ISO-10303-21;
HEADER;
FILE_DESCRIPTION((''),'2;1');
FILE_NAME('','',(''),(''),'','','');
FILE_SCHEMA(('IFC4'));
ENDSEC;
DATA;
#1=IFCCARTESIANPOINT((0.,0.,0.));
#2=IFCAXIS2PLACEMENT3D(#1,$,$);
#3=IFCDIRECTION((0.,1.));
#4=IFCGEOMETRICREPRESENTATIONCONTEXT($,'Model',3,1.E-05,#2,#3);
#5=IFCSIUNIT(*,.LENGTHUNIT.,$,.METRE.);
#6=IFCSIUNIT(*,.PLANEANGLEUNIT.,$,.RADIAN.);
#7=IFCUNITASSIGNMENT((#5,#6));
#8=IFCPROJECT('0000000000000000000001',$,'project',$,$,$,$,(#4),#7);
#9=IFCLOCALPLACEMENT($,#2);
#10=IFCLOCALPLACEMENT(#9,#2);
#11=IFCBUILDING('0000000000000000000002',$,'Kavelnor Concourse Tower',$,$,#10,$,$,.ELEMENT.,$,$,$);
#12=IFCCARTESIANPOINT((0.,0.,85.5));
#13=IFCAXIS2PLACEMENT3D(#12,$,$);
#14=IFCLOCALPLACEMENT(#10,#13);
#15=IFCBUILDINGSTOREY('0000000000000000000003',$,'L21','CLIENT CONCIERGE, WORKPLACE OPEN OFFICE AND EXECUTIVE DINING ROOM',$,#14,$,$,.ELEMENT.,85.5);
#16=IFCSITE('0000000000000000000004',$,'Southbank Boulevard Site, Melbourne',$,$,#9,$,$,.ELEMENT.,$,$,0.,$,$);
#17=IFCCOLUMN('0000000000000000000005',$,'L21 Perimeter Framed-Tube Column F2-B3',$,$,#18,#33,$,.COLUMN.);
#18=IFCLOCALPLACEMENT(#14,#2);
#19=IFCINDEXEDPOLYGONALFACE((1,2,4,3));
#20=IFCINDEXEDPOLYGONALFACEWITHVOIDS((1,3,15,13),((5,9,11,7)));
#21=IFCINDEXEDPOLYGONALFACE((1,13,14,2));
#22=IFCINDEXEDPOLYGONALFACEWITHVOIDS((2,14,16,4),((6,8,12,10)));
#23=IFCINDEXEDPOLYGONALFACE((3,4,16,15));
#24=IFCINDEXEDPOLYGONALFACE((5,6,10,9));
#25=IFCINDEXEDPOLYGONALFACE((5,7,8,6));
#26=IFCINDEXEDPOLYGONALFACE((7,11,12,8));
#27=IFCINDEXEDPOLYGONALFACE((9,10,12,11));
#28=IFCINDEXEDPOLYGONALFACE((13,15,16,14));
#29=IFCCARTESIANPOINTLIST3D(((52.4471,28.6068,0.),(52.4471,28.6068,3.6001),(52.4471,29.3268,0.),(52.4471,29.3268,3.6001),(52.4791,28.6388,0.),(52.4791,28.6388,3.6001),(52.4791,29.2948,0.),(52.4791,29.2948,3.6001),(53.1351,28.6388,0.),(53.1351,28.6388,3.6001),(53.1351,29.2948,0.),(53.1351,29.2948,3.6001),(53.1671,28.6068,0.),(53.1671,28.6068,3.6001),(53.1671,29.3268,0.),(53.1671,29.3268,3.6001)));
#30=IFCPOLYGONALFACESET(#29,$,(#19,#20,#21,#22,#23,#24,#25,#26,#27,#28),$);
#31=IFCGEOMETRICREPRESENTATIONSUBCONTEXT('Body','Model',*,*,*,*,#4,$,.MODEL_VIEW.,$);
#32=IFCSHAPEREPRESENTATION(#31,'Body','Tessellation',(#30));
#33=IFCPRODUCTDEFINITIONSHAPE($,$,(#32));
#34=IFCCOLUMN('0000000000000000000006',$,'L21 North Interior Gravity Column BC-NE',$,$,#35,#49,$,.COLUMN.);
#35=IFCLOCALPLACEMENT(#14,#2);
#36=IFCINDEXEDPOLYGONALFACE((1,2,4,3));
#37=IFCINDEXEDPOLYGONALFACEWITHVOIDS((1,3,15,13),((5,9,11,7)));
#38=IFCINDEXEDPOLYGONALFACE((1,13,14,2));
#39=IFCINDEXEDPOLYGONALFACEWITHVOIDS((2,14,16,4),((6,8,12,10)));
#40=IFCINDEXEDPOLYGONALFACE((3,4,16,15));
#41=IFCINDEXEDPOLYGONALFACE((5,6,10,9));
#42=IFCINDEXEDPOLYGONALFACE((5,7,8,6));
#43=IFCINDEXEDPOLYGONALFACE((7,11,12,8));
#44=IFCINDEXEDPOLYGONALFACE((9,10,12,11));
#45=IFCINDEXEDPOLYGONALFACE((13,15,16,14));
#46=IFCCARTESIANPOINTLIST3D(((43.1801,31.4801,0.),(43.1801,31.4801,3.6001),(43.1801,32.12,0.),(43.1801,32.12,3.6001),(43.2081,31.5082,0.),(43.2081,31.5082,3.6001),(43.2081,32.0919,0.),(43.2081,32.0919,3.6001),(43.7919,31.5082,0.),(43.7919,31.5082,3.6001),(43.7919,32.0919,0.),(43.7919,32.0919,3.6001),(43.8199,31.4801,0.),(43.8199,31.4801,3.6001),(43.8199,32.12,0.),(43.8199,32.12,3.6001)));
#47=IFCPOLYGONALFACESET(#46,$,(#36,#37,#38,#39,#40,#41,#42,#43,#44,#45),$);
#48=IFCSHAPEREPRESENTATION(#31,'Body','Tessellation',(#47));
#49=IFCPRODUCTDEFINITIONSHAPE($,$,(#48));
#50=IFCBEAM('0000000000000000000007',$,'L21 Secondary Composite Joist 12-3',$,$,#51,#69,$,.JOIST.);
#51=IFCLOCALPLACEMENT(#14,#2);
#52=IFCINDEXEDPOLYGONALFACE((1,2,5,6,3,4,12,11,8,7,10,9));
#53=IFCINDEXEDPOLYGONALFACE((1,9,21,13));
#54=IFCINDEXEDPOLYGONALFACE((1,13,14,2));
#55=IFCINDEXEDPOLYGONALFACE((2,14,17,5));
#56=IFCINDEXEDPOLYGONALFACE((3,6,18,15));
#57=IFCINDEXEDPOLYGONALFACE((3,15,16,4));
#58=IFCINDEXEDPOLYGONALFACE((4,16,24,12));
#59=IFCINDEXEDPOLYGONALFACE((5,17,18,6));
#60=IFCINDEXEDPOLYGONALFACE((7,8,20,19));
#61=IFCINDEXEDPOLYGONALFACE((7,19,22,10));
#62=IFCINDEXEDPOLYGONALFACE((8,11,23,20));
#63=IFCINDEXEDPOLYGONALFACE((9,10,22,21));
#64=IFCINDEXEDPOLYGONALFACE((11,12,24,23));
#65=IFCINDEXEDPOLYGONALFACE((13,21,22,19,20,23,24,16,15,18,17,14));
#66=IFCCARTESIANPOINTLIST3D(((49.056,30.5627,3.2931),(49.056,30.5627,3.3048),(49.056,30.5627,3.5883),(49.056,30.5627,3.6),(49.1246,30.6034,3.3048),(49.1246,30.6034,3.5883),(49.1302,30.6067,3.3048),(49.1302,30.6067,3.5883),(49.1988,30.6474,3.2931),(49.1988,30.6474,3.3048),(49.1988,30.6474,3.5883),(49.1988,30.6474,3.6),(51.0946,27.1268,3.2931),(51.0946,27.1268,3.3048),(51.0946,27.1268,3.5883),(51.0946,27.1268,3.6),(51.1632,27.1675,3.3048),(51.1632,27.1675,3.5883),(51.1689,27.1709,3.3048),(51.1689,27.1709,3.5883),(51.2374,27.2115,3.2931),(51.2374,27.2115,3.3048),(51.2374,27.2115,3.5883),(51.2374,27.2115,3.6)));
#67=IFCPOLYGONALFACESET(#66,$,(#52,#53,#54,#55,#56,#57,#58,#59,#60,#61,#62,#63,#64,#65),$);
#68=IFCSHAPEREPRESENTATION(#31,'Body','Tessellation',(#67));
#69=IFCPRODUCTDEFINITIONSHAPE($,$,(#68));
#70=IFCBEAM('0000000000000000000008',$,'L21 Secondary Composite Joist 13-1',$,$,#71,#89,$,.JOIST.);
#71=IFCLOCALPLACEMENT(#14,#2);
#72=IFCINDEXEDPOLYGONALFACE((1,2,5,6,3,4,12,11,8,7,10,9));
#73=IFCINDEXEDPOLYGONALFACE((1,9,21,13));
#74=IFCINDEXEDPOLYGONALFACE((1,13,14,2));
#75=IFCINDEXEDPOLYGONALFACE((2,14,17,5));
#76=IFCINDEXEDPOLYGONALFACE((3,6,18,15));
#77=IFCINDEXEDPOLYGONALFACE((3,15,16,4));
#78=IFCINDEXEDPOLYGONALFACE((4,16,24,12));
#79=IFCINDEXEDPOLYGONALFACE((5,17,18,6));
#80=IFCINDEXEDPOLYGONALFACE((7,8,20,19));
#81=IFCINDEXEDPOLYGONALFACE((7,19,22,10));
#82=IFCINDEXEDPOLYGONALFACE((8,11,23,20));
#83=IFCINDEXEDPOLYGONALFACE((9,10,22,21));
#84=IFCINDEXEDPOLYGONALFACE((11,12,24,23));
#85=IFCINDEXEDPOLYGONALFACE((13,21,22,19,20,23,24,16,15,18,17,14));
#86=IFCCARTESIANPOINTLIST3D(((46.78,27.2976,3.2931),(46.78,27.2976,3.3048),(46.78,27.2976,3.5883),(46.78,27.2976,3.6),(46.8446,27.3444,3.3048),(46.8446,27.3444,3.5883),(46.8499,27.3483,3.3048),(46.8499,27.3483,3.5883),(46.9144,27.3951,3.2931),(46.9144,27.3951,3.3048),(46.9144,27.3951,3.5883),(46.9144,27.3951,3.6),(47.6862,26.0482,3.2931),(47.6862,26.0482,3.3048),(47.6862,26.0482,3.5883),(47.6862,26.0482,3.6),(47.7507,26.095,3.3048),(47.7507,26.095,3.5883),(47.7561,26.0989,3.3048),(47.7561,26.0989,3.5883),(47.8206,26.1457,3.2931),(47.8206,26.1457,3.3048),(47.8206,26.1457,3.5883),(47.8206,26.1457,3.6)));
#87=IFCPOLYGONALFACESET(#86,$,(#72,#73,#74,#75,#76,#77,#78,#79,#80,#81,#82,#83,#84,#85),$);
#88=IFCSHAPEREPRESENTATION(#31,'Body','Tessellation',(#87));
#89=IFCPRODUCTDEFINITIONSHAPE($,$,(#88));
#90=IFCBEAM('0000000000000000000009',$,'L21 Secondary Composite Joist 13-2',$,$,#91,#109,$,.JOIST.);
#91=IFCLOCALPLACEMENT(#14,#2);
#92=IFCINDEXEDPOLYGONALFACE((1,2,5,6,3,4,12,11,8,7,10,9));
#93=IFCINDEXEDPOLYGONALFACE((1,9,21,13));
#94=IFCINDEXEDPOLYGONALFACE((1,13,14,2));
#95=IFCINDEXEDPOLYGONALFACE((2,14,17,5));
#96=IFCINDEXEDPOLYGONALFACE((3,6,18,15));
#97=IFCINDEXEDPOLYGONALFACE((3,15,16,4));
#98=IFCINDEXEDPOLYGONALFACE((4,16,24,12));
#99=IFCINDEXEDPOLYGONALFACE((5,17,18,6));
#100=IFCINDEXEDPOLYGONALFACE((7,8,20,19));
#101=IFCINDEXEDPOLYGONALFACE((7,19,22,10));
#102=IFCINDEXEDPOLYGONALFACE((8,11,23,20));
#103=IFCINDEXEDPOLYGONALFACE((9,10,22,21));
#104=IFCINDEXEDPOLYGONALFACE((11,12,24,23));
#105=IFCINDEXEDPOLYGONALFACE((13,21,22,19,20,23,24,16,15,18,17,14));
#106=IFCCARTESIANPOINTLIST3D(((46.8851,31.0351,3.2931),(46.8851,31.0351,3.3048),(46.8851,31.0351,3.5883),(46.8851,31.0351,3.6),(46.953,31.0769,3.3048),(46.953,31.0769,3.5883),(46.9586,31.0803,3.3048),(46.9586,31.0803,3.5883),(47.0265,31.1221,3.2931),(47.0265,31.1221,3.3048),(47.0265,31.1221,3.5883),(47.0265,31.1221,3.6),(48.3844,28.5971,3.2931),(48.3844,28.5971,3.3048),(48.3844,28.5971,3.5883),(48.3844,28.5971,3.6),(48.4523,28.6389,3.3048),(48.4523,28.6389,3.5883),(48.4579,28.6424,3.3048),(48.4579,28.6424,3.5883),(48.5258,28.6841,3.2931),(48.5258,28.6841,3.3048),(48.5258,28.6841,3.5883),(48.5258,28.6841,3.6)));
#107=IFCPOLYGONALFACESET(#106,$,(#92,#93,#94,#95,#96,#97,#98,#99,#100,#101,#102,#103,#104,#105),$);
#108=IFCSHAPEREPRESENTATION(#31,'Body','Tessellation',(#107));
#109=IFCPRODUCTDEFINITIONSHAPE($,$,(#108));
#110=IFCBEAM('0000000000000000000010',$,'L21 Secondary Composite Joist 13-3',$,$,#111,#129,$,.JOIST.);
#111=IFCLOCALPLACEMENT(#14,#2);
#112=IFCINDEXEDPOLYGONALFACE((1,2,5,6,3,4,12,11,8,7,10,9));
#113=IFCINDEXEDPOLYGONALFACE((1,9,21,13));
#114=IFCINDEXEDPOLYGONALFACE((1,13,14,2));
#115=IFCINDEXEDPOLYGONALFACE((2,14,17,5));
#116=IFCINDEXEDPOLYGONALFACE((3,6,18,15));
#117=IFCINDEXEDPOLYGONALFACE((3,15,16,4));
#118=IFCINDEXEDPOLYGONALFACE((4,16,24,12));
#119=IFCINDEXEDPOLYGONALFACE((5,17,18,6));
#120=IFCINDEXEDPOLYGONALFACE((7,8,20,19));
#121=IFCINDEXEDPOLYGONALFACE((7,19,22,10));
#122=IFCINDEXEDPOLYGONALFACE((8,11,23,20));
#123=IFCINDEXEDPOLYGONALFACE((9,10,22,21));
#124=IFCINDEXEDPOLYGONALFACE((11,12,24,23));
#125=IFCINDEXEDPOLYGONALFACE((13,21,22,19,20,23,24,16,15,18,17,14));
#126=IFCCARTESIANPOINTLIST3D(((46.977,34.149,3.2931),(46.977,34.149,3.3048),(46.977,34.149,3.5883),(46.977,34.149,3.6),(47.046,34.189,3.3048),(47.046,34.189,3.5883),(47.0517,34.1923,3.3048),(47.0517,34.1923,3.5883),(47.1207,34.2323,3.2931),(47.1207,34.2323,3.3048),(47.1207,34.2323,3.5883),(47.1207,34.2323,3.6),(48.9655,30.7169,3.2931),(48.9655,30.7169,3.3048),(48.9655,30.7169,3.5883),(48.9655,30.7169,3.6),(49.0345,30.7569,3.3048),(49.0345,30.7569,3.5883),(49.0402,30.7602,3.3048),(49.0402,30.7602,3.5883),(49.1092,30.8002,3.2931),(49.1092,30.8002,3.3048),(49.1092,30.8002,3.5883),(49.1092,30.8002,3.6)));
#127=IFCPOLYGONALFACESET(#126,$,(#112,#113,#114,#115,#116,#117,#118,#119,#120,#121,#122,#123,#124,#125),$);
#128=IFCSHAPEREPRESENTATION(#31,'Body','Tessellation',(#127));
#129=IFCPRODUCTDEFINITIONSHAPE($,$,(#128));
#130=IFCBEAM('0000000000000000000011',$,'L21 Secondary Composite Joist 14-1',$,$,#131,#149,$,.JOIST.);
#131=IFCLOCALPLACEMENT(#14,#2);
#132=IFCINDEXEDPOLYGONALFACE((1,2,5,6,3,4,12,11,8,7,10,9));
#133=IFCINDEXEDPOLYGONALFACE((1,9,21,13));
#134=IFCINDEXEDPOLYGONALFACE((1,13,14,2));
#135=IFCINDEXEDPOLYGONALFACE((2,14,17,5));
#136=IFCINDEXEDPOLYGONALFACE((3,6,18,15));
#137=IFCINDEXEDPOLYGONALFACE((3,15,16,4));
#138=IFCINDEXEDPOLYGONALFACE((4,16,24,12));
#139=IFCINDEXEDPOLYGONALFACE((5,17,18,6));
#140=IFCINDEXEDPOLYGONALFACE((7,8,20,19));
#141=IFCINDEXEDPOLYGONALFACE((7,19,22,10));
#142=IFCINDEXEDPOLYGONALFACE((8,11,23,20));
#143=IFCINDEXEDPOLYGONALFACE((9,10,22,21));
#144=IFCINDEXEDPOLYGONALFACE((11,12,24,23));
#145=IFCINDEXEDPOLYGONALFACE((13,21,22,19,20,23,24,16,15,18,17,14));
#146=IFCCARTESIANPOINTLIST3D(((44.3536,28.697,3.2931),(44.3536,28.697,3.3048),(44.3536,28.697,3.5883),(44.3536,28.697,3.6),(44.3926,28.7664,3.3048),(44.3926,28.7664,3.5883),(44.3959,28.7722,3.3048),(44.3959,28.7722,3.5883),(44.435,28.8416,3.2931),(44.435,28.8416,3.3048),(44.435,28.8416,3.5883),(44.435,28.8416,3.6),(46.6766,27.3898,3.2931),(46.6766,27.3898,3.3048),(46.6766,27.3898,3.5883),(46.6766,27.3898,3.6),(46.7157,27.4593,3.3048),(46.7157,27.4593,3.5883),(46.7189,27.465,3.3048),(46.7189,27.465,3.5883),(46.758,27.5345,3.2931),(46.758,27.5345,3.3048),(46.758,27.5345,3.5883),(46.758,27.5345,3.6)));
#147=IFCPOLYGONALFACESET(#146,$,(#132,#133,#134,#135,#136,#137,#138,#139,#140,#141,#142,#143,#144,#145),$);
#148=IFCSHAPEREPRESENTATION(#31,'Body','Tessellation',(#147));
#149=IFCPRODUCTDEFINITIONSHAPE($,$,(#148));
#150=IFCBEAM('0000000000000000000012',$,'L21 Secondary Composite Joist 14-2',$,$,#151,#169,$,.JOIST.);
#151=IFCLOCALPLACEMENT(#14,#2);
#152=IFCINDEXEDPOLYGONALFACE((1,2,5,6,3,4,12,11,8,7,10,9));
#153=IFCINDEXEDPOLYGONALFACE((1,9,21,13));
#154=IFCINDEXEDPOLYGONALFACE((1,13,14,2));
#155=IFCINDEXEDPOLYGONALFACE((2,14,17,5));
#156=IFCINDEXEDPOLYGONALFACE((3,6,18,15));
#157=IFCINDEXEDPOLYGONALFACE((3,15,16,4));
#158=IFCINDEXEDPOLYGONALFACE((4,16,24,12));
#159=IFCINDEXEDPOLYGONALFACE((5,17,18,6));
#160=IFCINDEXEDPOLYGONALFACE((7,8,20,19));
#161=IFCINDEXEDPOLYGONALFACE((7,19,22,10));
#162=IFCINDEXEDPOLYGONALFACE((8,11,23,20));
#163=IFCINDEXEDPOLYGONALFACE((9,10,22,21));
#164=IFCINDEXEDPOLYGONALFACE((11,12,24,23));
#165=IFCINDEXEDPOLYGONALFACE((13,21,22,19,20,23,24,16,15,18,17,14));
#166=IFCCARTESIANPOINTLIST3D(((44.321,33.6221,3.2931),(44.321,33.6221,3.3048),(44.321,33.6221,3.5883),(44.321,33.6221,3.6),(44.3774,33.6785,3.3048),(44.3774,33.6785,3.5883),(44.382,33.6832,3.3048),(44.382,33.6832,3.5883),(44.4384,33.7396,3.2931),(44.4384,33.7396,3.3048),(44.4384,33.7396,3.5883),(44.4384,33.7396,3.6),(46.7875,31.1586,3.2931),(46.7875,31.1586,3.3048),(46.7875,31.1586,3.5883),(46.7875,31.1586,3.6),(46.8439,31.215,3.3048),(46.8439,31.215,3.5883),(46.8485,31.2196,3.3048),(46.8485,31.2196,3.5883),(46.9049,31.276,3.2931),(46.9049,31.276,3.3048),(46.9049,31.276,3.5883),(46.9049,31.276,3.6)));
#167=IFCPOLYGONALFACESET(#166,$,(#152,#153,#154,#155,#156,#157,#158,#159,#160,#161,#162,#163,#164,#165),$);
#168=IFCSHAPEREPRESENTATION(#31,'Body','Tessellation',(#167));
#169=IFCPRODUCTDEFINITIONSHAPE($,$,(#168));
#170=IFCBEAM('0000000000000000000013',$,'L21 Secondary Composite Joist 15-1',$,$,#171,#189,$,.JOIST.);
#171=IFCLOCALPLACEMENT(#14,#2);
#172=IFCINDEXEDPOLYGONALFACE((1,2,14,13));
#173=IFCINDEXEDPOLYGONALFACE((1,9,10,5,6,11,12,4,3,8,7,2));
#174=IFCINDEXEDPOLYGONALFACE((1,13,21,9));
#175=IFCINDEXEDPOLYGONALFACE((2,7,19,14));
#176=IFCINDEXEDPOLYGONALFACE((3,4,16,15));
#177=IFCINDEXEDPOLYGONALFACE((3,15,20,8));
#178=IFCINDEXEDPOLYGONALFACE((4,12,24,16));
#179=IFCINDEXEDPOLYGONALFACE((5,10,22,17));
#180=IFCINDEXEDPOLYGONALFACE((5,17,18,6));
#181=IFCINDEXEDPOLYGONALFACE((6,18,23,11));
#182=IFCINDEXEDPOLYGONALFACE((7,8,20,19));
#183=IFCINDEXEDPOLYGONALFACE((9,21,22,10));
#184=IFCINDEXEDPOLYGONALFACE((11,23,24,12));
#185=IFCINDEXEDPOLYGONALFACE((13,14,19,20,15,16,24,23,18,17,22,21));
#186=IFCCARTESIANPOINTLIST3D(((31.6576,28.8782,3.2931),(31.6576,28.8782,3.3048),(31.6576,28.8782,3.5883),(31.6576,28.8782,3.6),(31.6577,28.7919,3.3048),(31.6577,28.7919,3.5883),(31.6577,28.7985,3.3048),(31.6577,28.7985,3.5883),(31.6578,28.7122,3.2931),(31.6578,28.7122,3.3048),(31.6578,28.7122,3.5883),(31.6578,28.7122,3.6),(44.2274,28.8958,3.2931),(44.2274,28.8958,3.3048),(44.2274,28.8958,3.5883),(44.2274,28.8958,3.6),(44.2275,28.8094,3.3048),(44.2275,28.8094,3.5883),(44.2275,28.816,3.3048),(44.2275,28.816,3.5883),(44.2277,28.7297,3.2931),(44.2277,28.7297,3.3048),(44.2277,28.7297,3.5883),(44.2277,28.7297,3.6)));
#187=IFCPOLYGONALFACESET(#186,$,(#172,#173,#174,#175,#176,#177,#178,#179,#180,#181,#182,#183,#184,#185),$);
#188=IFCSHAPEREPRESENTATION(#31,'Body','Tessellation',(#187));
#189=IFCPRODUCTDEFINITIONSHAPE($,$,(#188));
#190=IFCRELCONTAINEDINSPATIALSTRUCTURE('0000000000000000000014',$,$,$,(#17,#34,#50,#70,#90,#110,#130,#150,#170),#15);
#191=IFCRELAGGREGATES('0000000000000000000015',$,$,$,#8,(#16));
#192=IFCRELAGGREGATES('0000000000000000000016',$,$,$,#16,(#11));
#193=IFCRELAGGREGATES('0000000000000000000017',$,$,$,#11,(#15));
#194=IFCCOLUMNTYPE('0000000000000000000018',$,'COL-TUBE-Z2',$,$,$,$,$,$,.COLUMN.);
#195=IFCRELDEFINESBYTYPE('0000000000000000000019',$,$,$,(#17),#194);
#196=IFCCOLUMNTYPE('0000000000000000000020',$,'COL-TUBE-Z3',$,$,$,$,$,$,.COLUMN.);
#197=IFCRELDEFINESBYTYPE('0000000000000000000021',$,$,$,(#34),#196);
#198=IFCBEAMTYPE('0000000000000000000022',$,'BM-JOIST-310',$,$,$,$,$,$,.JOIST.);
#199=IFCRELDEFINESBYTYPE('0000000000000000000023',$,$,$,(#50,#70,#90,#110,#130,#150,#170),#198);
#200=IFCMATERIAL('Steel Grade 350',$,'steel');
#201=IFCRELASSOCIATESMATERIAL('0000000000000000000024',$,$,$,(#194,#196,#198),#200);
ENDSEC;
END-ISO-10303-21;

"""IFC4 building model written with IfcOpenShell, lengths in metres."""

from ifc_helpers import new_model, si_unit, direction, frame, origin, origin_2d, place, context, subcontext, project, spatial, hollow_rectangle, i_section, extrude, material, material_profile, profile_set, type_object, element, save


model = new_model("IFC4")

# Units and contexts
model_context = context("Model", 3, precision=1e-05, world=origin(), true_north=direction((0.0, 1.0)))
body_context = subcontext(model_context, "Body", "Model", "MODEL_VIEW")
ifc_project = project(units=[si_unit("LENGTHUNIT", "METRE"), si_unit("PLANEANGLEUNIT", "RADIAN")], contexts=[model_context])

# Site, building, storey
site_placement = place(None, origin())
site = spatial("IfcSite", under=ifc_project, at=site_placement, Name="Southbank Boulevard Site, Melbourne", CompositionType="ELEMENT", RefElevation=0.0)
building_placement = place(site_placement, origin())
building = spatial("IfcBuilding", under=site, at=building_placement, Name="Kavelnor Concourse Tower", CompositionType="ELEMENT")
storey_placement = place(building_placement, frame((0.0, 0.0, 85.5)))
storey = spatial("IfcBuildingStorey", under=building, at=storey_placement, Name="L21", Description="CLIENT CONCIERGE, WORKPLACE OPEN OFFICE AND EXECUTIVE DINING ROOM", CompositionType="ELEMENT", Elevation=85.5)

# Columns
ifc_material_1 = material(Name="Steel Grade 350", Category="steel")
ifc_material_profile_1 = material_profile(ifc_material_1, hollow_rectangle(XDim=0.72, YDim=0.72, WallThickness=0.032, at=origin_2d()), Name="SHS 720x720x32")
ifc_profile_set_1 = profile_set([ifc_material_profile_1], Name="Steel Grade 350")
column_type_1 = type_object("IfcColumnType", Name="COL-TUBE-Z2", PredefinedType="COLUMN", material=ifc_profile_set_1)
column_1_placement = place(storey_placement, frame((52.8071, 28.9668, 0.0), z_axis=(0.0, 0.0, 1.0), x_axis=(1.0, 0.0, 0.0)))
element("IfcColumn", 1, at=column_1_placement, inside=storey, type_object=column_type_1, Name="L21 Perimeter Framed-Tube Column F2-B3", PredefinedType="COLUMN", context=body_context, shape_type="SweptSolid", body=[
    extrude(hollow_rectangle(XDim=0.72, YDim=0.72, WallThickness=0.032, at=origin_2d()), origin(), (0.0, 0.0, 1.0), 3.6001),
])
ifc_material_profile_2 = material_profile(ifc_material_1, hollow_rectangle(XDim=0.6399, YDim=0.6399, WallThickness=0.0281, at=origin_2d()), Name="SHS 640x640x28")
ifc_profile_set_2 = profile_set([ifc_material_profile_2], Name="Steel Grade 350")
column_type_2 = type_object("IfcColumnType", Name="COL-TUBE-Z3", PredefinedType="COLUMN", material=ifc_profile_set_2)
column_2_placement = place(storey_placement, frame((43.5, 31.8, 0.0), z_axis=(0.0, 0.0, 1.0), x_axis=(1.0, 0.0, 0.0)))
element("IfcColumn", 2, at=column_2_placement, inside=storey, type_object=column_type_2, Name="L21 North Interior Gravity Column BC-NE", PredefinedType="COLUMN", context=body_context, shape_type="SweptSolid", body=[
    extrude(hollow_rectangle(XDim=0.6399, YDim=0.6399, WallThickness=0.0281, at=origin_2d()), origin(), (0.0, 0.0, 1.0), 3.6001),
])

# Beams
ifc_material_profile_3 = material_profile(ifc_material_1, i_section(OverallWidth=0.166, OverallDepth=0.3069, WebThickness=0.0066, FlangeThickness=0.0117, at=origin_2d()), Name="310UB46")
ifc_profile_set_3 = profile_set([ifc_material_profile_3], Name="Steel Grade 350")
beam_type_1 = type_object("IfcBeamType", Name="BM-JOIST-310", PredefinedType="JOIST", material=ifc_profile_set_3)
beam_1_placement = place(storey_placement, frame((51.166, 27.1692, 3.4465), z_axis=(-0.510275, 0.860011, 0.0), x_axis=(-0.860011, -0.510275, 0.0)))
element("IfcBeam", 3, at=beam_1_placement, inside=storey, type_object=beam_type_1, Name="L21 Secondary Composite Joist 12-3", PredefinedType="JOIST", context=body_context, shape_type="SweptSolid", body=[
    extrude(i_section(OverallWidth=0.166, OverallDepth=0.3069, WebThickness=0.0066, FlangeThickness=0.0117, at=origin_2d()), origin(), (0.0, 0.0, 1.0), 3.9951),
])
beam_2_placement = place(storey_placement, frame((47.7534, 26.0969, 3.4465), z_axis=(-0.587118, 0.809501, 0.0), x_axis=(-0.809501, -0.587118, 0.0)))
element("IfcBeam", 4, at=beam_2_placement, inside=storey, type_object=beam_type_1, Name="L21 Secondary Composite Joist 13-1", PredefinedType="JOIST", context=body_context, shape_type="SweptSolid", body=[
    extrude(i_section(OverallWidth=0.166, OverallDepth=0.3069, WebThickness=0.0066, FlangeThickness=0.0117, at=origin_2d()), origin(), (0.0, 0.0, 1.0), 1.5435),
])
beam_3_placement = place(storey_placement, frame((48.4551, 28.6406, 3.4465), z_axis=(-0.523836, 0.851819, 0.0), x_axis=(-0.851819, -0.523836, 0.0)))
element("IfcBeam", 5, at=beam_3_placement, inside=storey, type_object=beam_type_1, Name="L21 Secondary Composite Joist 13-2", PredefinedType="JOIST", context=body_context, shape_type="SweptSolid", body=[
    extrude(i_section(OverallWidth=0.166, OverallDepth=0.3069, WebThickness=0.0066, FlangeThickness=0.0117, at=origin_2d()), origin(), (0.0, 0.0, 1.0), 2.8621),
])
beam_4_placement = place(storey_placement, frame((49.0374, 30.7585, 3.4465), z_axis=(-0.50132, 0.865262, 0.0), x_axis=(-0.865262, -0.50132, 0.0)))
element("IfcBeam", 6, at=beam_4_placement, inside=storey, type_object=beam_type_1, Name="L21 Secondary Composite Joist 13-3", PredefinedType="JOIST", context=body_context, shape_type="SweptSolid", body=[
    extrude(i_section(OverallWidth=0.166, OverallDepth=0.3069, WebThickness=0.0066, FlangeThickness=0.0117, at=origin_2d()), origin(), (0.0, 0.0, 1.0), 3.9666),
])
beam_5_placement = place(storey_placement, frame((46.7173, 27.4622, 3.4465), z_axis=(-0.871505, 0.490387, 0.0), x_axis=(-0.490387, -0.871505, 0.0)))
element("IfcBeam", 7, at=beam_5_placement, inside=storey, type_object=beam_type_1, Name="L21 Secondary Composite Joist 14-1", PredefinedType="JOIST", context=body_context, shape_type="SweptSolid", body=[
    extrude(i_section(OverallWidth=0.166, OverallDepth=0.3069, WebThickness=0.0066, FlangeThickness=0.0117, at=origin_2d()), origin(), (0.0, 0.0, 1.0), 2.6655),
])
beam_6_placement = place(storey_placement, frame((46.8462, 31.2173, 3.4465), z_axis=(-0.707527, 0.706686, 0.0), x_axis=(-0.706686, -0.707527, 0.0)))
element("IfcBeam", 8, at=beam_6_placement, inside=storey, type_object=beam_type_1, Name="L21 Secondary Composite Joist 14-2", PredefinedType="JOIST", context=body_context, shape_type="SweptSolid", body=[
    extrude(i_section(OverallWidth=0.166, OverallDepth=0.3069, WebThickness=0.0066, FlangeThickness=0.0117, at=origin_2d()), origin(), (0.0, 0.0, 1.0), 3.4861),
])
for number, where, z_axis, x_axis, name in (
    (9, (44.2275, 28.8127, 3.4465), (-0.999999, -0.001398, 0.0), (0.001398, -0.999999, 0.0), "L21 Secondary Composite Joist 15-1"),
):
    element("IfcBeam", number, at=place(storey_placement, frame(where, z_axis=z_axis, x_axis=x_axis)), inside=storey, type_object=beam_type_1, Name=name, PredefinedType="JOIST", context=body_context, shape_type="SweptSolid", body=[
        extrude(i_section(OverallWidth=0.166, OverallDepth=0.3069, WebThickness=0.0066, FlangeThickness=0.0117, at=origin_2d()), origin(), (0.0, 0.0, 1.0), 12.5698),
    ])

save(model, "model.ifc")
